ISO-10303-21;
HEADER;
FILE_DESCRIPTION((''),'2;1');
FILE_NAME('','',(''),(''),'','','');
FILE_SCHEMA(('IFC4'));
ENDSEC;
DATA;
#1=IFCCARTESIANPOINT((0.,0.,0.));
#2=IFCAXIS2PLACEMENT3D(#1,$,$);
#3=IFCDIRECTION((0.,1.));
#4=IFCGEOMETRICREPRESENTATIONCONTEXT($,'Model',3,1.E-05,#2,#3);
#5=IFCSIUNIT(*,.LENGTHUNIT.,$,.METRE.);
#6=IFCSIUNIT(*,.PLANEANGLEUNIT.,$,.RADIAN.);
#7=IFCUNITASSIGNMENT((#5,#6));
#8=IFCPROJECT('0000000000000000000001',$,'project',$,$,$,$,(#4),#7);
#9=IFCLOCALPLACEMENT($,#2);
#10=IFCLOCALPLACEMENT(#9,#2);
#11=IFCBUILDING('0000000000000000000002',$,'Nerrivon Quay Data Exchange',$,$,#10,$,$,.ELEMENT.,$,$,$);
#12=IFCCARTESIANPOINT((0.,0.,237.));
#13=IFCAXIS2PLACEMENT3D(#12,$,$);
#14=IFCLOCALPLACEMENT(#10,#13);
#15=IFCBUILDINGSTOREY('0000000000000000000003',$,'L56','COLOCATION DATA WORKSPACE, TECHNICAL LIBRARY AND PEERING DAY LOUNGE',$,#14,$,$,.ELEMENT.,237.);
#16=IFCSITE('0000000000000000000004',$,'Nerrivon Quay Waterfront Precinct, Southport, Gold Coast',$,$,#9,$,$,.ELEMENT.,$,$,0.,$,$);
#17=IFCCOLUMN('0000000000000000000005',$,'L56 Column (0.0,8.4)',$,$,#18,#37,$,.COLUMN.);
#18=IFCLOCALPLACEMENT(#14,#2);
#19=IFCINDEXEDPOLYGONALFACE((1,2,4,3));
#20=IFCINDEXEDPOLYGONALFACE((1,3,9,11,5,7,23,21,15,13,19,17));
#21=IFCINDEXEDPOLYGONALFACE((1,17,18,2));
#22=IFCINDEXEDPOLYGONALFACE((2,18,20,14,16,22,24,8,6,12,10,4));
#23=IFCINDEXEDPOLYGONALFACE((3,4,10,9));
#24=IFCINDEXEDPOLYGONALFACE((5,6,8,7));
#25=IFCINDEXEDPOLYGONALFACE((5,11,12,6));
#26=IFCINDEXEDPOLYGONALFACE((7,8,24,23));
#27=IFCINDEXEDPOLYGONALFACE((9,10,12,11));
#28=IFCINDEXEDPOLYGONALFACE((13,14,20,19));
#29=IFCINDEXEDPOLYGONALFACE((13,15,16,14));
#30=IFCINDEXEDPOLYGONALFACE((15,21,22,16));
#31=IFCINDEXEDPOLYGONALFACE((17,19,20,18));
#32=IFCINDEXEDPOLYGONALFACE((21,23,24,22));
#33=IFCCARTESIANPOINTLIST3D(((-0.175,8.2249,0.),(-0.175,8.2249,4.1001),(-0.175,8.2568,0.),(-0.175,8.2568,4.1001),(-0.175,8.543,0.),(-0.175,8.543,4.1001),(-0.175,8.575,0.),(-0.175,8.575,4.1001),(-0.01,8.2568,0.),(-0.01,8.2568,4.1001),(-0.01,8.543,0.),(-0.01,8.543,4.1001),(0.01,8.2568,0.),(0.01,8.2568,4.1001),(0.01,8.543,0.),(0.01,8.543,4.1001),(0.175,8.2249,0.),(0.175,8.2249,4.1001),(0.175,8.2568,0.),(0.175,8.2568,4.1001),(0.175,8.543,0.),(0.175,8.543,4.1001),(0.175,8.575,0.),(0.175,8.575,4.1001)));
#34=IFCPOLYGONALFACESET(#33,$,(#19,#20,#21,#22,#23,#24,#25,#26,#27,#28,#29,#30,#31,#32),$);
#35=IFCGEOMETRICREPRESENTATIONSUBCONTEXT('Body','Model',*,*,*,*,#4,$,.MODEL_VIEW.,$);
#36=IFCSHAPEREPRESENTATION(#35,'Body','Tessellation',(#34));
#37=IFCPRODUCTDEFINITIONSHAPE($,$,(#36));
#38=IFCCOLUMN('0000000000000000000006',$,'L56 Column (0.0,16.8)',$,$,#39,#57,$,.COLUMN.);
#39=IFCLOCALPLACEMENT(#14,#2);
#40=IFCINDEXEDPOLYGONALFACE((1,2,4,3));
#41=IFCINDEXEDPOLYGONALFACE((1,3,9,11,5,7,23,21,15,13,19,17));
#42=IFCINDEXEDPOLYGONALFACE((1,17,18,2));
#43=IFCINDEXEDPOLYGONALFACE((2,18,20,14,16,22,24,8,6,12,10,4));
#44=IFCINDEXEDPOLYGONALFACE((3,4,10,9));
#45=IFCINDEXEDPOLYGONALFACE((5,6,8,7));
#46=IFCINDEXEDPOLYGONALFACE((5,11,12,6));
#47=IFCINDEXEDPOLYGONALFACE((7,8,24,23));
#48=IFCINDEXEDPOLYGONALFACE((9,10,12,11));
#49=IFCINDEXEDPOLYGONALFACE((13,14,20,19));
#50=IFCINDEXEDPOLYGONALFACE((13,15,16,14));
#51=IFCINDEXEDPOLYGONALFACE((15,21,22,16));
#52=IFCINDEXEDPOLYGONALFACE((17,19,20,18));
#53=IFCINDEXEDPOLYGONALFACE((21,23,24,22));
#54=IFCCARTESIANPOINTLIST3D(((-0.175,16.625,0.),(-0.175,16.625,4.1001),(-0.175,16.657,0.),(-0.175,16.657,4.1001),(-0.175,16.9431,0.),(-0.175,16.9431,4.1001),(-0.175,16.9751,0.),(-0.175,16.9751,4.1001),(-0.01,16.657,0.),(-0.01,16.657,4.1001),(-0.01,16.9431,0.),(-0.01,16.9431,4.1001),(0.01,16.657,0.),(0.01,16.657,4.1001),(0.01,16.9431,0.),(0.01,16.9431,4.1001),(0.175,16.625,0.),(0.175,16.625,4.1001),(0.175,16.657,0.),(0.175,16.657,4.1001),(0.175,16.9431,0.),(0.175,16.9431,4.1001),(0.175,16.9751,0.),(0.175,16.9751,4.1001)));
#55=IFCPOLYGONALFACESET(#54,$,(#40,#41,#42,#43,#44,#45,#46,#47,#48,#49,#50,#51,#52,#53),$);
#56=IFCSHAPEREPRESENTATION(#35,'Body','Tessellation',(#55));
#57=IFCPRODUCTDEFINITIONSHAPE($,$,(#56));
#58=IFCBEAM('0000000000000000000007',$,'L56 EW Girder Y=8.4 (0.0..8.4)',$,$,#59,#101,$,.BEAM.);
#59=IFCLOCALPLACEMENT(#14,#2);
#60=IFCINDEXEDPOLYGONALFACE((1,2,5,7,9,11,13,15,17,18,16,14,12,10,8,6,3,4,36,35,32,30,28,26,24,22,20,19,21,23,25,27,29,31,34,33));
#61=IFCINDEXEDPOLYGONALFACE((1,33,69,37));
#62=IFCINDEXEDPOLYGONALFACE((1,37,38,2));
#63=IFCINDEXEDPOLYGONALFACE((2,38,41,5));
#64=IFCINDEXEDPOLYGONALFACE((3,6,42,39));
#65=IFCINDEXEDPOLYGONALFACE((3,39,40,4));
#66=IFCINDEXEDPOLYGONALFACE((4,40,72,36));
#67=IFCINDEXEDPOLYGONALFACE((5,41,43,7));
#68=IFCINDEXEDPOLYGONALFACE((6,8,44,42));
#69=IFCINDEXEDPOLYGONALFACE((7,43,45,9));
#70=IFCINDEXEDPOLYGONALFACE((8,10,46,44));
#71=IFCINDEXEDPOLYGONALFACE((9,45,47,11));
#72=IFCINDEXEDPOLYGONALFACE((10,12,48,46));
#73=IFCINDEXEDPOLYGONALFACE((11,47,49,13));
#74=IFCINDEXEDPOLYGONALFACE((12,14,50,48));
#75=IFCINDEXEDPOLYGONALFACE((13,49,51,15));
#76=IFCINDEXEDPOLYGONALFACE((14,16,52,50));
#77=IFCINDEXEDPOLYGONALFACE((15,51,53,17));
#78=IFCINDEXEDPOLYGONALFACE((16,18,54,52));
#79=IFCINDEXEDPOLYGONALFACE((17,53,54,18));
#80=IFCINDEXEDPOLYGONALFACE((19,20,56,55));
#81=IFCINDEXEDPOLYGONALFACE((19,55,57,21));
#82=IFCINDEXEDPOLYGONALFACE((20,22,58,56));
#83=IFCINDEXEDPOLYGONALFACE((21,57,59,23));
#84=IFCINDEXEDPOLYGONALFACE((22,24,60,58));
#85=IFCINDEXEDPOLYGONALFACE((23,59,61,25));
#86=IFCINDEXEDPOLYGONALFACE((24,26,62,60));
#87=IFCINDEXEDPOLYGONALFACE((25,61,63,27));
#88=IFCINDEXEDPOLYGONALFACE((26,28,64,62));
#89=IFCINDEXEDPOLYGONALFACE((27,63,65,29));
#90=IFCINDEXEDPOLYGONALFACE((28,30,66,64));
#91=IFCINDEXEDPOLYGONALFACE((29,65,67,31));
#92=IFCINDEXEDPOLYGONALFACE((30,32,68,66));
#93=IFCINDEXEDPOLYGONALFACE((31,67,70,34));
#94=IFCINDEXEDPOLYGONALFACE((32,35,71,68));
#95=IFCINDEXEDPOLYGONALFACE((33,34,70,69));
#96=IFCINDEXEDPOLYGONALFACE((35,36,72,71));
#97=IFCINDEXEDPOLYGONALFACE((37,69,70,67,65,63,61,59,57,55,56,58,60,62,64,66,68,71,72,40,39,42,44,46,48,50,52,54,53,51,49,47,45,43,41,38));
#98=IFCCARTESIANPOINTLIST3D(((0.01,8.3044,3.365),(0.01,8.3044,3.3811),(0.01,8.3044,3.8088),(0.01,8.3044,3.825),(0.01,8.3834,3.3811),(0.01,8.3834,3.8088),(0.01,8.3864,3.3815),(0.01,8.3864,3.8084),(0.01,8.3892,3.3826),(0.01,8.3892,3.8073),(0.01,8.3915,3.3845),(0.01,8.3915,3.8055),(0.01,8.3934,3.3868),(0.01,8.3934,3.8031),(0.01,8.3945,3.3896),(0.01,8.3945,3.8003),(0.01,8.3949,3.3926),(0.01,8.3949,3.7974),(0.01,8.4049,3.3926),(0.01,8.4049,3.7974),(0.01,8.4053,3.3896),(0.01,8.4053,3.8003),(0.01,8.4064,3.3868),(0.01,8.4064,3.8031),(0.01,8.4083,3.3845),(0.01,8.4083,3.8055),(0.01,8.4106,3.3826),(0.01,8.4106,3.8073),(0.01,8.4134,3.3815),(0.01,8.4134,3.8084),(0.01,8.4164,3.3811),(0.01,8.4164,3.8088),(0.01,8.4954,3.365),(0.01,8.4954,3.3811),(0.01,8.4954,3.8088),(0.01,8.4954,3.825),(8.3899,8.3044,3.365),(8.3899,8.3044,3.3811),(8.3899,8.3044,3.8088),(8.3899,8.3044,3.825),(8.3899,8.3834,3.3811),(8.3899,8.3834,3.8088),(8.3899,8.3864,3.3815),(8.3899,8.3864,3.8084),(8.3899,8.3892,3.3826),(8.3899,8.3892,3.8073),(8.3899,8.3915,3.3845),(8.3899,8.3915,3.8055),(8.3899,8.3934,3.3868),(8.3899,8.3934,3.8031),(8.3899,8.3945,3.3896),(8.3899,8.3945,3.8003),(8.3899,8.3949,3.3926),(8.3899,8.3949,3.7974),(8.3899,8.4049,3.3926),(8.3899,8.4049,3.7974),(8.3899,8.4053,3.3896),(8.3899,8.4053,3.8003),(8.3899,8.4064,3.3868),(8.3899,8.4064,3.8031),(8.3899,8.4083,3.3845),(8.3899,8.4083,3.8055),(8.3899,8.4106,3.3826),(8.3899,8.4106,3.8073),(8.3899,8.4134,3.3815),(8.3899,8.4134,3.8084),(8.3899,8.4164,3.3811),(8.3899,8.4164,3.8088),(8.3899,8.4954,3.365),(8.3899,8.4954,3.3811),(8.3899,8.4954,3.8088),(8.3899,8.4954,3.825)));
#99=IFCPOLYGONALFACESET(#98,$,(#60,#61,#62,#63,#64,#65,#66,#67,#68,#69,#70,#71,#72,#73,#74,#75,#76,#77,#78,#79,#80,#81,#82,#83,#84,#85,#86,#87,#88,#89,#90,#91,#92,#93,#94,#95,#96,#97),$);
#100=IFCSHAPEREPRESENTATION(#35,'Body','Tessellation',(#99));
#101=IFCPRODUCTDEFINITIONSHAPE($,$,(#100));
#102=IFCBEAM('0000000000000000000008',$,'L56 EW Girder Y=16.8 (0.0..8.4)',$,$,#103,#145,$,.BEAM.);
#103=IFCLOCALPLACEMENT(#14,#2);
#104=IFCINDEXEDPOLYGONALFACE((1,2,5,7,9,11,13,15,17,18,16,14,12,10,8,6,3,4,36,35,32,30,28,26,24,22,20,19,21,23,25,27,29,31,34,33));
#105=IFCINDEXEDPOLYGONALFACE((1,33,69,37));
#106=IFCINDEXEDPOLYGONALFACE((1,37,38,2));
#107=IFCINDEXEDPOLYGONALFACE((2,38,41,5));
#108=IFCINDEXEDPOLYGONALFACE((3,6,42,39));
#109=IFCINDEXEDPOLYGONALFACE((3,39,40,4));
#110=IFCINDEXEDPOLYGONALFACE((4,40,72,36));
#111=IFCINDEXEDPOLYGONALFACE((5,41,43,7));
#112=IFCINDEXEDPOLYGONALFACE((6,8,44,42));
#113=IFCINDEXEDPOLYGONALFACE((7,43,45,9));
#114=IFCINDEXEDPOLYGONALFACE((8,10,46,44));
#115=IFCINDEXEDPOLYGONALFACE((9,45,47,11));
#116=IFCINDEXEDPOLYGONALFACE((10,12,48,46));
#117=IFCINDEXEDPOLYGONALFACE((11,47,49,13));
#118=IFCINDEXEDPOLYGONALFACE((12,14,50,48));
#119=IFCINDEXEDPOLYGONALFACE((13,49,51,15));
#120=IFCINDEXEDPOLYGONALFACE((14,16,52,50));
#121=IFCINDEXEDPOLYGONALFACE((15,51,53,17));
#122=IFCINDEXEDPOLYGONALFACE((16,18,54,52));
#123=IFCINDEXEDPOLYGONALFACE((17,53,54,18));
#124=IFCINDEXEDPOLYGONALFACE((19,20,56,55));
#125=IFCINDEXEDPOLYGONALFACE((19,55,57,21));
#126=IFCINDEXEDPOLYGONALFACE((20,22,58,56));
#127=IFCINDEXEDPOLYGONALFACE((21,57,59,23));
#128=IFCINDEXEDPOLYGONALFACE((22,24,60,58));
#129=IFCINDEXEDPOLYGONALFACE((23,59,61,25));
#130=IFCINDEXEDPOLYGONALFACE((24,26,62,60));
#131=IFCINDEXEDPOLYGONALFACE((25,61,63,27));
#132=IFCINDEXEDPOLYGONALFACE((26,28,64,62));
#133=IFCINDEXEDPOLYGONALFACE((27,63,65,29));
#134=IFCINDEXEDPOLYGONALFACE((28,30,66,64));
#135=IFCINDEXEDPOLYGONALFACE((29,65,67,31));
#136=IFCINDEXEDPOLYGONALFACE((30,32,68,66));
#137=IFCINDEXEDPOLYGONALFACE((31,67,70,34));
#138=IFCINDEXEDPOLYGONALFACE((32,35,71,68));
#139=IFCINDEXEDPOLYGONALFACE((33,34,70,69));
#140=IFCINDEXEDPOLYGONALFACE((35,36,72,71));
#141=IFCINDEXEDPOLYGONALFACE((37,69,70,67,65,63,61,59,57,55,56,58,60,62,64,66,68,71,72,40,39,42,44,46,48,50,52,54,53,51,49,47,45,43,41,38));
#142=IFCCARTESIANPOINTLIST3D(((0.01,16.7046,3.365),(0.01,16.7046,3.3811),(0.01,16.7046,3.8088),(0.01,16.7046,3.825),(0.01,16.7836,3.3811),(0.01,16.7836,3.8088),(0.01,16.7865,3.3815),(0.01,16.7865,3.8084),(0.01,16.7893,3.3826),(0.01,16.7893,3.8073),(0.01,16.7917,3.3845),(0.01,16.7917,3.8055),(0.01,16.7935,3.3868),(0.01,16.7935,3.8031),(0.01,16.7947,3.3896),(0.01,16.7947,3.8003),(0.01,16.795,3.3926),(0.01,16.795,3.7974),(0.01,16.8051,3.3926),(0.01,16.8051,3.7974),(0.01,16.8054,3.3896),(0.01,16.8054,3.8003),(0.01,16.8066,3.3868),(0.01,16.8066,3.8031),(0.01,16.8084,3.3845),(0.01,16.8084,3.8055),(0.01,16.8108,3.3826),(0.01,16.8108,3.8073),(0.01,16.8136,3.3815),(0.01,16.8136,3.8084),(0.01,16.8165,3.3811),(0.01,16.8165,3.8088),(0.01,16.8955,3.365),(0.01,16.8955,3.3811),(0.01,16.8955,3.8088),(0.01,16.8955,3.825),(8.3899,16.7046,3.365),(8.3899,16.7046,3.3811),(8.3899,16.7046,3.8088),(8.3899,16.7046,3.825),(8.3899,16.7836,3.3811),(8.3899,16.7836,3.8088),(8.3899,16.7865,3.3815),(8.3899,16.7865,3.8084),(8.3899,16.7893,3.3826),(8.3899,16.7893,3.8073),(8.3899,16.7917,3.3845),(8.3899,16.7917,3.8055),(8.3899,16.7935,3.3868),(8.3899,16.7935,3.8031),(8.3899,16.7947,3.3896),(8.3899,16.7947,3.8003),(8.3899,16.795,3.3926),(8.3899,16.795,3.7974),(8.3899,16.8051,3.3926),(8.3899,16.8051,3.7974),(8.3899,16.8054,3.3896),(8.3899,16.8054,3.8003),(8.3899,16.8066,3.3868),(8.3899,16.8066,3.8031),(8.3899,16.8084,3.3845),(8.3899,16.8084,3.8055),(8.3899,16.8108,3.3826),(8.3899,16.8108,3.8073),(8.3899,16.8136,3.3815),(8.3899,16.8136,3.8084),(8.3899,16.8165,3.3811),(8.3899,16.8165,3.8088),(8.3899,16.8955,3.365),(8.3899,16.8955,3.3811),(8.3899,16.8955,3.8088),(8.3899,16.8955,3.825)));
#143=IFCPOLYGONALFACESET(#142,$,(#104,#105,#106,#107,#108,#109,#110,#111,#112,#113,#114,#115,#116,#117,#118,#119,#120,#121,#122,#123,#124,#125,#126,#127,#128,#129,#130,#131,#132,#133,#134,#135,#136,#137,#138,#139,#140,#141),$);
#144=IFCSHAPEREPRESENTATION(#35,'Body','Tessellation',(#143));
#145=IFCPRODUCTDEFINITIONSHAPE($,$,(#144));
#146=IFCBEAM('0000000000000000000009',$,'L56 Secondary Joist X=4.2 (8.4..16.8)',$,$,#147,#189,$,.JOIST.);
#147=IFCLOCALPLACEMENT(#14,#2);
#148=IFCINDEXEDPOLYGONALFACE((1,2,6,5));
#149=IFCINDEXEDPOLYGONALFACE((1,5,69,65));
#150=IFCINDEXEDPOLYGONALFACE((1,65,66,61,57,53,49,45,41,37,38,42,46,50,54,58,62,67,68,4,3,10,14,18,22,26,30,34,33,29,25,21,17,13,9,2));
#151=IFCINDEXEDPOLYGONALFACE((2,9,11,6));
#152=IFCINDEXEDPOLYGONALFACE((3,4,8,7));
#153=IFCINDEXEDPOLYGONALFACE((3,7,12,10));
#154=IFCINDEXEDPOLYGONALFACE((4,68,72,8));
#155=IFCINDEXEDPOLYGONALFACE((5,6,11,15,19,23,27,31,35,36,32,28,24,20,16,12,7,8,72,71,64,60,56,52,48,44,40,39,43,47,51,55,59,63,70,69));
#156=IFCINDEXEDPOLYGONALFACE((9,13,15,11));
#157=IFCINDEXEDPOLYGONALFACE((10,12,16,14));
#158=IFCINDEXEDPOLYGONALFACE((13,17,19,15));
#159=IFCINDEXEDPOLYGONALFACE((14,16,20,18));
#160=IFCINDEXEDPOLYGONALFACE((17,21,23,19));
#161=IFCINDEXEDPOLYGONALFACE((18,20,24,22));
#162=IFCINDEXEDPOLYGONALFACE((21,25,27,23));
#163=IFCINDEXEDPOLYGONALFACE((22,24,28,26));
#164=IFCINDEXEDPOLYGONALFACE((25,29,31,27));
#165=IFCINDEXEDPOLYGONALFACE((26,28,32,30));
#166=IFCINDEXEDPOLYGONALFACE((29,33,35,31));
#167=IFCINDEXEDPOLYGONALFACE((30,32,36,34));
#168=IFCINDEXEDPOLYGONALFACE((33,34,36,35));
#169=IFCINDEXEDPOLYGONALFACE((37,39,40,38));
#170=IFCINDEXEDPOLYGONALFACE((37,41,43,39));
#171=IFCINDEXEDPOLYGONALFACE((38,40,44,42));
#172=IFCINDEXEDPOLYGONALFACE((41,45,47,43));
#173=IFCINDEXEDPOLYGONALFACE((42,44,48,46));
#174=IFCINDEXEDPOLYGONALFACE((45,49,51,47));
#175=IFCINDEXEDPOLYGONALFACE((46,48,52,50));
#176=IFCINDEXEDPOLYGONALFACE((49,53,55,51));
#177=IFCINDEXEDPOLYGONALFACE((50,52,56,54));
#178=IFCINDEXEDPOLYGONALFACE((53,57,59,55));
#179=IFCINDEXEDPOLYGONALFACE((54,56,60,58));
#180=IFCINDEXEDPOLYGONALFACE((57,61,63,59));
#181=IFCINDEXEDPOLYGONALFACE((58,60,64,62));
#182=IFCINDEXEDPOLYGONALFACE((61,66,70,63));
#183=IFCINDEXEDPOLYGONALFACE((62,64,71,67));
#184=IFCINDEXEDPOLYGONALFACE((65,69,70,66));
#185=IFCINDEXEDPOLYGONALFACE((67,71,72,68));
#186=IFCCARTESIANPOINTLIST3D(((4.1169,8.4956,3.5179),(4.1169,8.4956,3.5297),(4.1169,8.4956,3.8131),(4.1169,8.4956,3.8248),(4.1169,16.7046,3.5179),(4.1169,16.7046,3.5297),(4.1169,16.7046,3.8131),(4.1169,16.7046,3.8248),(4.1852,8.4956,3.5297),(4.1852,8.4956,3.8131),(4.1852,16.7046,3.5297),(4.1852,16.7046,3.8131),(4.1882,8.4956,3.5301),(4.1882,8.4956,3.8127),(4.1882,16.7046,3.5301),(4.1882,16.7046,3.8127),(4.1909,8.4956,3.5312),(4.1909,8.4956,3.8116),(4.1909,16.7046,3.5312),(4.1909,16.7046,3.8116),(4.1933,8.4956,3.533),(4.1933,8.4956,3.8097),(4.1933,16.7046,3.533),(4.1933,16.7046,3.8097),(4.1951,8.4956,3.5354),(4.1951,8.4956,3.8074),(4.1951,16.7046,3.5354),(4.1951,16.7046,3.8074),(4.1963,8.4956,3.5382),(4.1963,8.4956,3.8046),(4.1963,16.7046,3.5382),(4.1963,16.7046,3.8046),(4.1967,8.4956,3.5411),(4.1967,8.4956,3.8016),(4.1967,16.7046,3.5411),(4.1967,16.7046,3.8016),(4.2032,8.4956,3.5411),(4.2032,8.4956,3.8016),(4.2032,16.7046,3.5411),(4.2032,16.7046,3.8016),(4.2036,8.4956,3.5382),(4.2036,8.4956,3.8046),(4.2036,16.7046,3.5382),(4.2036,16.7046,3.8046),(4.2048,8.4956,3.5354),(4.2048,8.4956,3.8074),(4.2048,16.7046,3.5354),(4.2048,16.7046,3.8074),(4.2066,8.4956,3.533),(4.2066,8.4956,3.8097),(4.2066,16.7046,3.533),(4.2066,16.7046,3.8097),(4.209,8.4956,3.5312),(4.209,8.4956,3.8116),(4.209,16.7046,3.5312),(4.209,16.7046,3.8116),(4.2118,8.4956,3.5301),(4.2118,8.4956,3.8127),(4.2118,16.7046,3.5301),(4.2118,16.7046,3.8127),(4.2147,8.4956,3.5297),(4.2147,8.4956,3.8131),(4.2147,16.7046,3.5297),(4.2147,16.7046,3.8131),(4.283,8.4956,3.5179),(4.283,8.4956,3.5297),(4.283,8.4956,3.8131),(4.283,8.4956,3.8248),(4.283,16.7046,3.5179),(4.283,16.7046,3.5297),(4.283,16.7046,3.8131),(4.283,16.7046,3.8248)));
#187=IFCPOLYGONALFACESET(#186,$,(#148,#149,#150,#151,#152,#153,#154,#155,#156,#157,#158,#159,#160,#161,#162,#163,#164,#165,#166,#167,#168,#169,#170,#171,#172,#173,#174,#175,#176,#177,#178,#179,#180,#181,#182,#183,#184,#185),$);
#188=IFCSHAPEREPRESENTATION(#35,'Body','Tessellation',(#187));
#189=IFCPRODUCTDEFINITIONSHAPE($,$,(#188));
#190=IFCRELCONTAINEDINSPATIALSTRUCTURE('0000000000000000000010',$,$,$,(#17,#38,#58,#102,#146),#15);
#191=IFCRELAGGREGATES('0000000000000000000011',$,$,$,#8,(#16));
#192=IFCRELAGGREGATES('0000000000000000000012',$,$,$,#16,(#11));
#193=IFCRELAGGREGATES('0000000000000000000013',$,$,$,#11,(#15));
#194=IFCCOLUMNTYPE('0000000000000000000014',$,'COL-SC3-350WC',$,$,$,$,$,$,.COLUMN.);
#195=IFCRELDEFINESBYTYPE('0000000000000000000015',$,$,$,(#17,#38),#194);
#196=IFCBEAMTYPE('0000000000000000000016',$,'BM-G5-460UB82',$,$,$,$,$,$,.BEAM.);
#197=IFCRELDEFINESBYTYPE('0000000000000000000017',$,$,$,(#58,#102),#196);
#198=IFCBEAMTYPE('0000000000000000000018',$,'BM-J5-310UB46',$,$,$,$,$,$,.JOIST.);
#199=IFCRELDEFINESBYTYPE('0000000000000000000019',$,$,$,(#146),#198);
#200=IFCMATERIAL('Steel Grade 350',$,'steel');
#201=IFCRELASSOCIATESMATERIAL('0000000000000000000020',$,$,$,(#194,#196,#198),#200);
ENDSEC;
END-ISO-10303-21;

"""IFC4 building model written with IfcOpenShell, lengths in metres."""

from ifc_helpers import new_model, si_unit, direction, frame, origin, origin_2d, place, context, subcontext, project, spatial, i_section, extrude, material, material_profile, profile_set, type_object, element, save


model = new_model("IFC4")

# Units and contexts
model_context = context("Model", 3, precision=1e-05, world=origin(), true_north=direction((0.0, 1.0)))
body_context = subcontext(model_context, "Body", "Model", "MODEL_VIEW")
ifc_project = project(units=[si_unit("LENGTHUNIT", "METRE"), si_unit("PLANEANGLEUNIT", "RADIAN")], contexts=[model_context])

# Site, building, storey
site_placement = place(None, origin())
site = spatial("IfcSite", under=ifc_project, at=site_placement, Name="Nerrivon Quay Waterfront Precinct, Southport, Gold Coast", CompositionType="ELEMENT", RefElevation=0.0)
building_placement = place(site_placement, origin())
building = spatial("IfcBuilding", under=site, at=building_placement, Name="Nerrivon Quay Data Exchange", CompositionType="ELEMENT")
storey_placement = place(building_placement, frame((0.0, 0.0, 237.0)))
storey = spatial("IfcBuildingStorey", under=building, at=storey_placement, Name="L56", Description="COLOCATION DATA WORKSPACE, TECHNICAL LIBRARY AND PEERING DAY LOUNGE", CompositionType="ELEMENT", Elevation=237.0)

# Columns
ifc_material_1 = material(Name="Steel Grade 350", Category="steel")
ifc_material_profile_1 = material_profile(ifc_material_1, i_section(OverallWidth=0.3501, OverallDepth=0.3501, WebThickness=0.02, FlangeThickness=0.032, at=origin_2d()), Name="350WC230")
ifc_profile_set_1 = profile_set([ifc_material_profile_1], Name="Steel Grade 350")
column_type = type_object("IfcColumnType", Name="COL-SC3-350WC", PredefinedType="COLUMN", material=ifc_profile_set_1)
for number, where, z_axis, x_axis, name in (
    (1, (0.0, 8.3999, 0.0), (0.0, 0.0, 1.0), (1.0, 0.0, 0.0), "L56 Column (0.0,8.4)"),
    (2, (0.0, 16.8, 0.0), (0.0, 0.0, 1.0), (1.0, 0.0, 0.0), "L56 Column (0.0,16.8)"),
):
    element("IfcColumn", number, at=place(storey_placement, frame(where, z_axis=z_axis, x_axis=x_axis)), inside=storey, type_object=column_type, Name=name, PredefinedType="COLUMN", context=body_context, shape_type="SweptSolid", body=[
        extrude(i_section(OverallWidth=0.3501, OverallDepth=0.3501, WebThickness=0.02, FlangeThickness=0.032, at=origin_2d()), origin(), (0.0, 0.0, 1.0), 4.1001),
    ])

# Beams
ifc_material_profile_2 = material_profile(ifc_material_1, i_section(OverallWidth=0.1909, OverallDepth=0.46, WebThickness=0.01, FlangeThickness=0.0161, FilletRadius=0.0115, at=origin_2d()), Name="460UB82.1")
ifc_profile_set_2 = profile_set([ifc_material_profile_2], Name="Steel Grade 350")
beam_type_1 = type_object("IfcBeamType", Name="BM-G5-460UB82", PredefinedType="BEAM", material=ifc_profile_set_2)
for number, where, z_axis, x_axis, name in (
    (3, (0.01, 8.3999, 3.595), (1.0, 0.0, 0.0), (0.0, 1.0, 0.0), "L56 EW Girder Y=8.4 (0.0..8.4)"),
    (4, (0.01, 16.8, 3.595), (1.0, 0.0, 0.0), (0.0, 1.0, 0.0), "L56 EW Girder Y=16.8 (0.0..8.4)"),
):
    element("IfcBeam", number, at=place(storey_placement, frame(where, z_axis=z_axis, x_axis=x_axis)), inside=storey, type_object=beam_type_1, Name=name, PredefinedType="BEAM", context=body_context, shape_type="SweptSolid", body=[
        extrude(i_section(OverallWidth=0.1909, OverallDepth=0.46, WebThickness=0.01, FlangeThickness=0.0161, FilletRadius=0.0115, at=origin_2d()), origin(), (0.0, 0.0, 1.0), 8.3799),
    ])
ifc_material_profile_3 = material_profile(ifc_material_1, i_section(OverallWidth=0.166, OverallDepth=0.3069, WebThickness=0.0066, FlangeThickness=0.0117, FilletRadius=0.0115, at=origin_2d()), Name="310UB46.2")
ifc_profile_set_3 = profile_set([ifc_material_profile_3], Name="Steel Grade 350")
beam_type_2 = type_object("IfcBeamType", Name="BM-J5-310UB46", PredefinedType="JOIST", material=ifc_profile_set_3)
for number, where, z_axis, x_axis, name in (
    (5, (4.2, 8.4956, 3.6714), (0.0, 1.0, 0.0), (-1.0, 0.0, 0.0), "L56 Secondary Joist X=4.2 (8.4..16.8)"),
):
    element("IfcBeam", number, at=place(storey_placement, frame(where, z_axis=z_axis, x_axis=x_axis)), inside=storey, type_object=beam_type_2, Name=name, PredefinedType="JOIST", context=body_context, shape_type="SweptSolid", body=[
        extrude(i_section(OverallWidth=0.166, OverallDepth=0.3069, WebThickness=0.0066, FlangeThickness=0.0117, FilletRadius=0.0115, at=origin_2d()), origin(), (0.0, 0.0, 1.0), 8.209),
    ])

save(model, "model.ifc")
